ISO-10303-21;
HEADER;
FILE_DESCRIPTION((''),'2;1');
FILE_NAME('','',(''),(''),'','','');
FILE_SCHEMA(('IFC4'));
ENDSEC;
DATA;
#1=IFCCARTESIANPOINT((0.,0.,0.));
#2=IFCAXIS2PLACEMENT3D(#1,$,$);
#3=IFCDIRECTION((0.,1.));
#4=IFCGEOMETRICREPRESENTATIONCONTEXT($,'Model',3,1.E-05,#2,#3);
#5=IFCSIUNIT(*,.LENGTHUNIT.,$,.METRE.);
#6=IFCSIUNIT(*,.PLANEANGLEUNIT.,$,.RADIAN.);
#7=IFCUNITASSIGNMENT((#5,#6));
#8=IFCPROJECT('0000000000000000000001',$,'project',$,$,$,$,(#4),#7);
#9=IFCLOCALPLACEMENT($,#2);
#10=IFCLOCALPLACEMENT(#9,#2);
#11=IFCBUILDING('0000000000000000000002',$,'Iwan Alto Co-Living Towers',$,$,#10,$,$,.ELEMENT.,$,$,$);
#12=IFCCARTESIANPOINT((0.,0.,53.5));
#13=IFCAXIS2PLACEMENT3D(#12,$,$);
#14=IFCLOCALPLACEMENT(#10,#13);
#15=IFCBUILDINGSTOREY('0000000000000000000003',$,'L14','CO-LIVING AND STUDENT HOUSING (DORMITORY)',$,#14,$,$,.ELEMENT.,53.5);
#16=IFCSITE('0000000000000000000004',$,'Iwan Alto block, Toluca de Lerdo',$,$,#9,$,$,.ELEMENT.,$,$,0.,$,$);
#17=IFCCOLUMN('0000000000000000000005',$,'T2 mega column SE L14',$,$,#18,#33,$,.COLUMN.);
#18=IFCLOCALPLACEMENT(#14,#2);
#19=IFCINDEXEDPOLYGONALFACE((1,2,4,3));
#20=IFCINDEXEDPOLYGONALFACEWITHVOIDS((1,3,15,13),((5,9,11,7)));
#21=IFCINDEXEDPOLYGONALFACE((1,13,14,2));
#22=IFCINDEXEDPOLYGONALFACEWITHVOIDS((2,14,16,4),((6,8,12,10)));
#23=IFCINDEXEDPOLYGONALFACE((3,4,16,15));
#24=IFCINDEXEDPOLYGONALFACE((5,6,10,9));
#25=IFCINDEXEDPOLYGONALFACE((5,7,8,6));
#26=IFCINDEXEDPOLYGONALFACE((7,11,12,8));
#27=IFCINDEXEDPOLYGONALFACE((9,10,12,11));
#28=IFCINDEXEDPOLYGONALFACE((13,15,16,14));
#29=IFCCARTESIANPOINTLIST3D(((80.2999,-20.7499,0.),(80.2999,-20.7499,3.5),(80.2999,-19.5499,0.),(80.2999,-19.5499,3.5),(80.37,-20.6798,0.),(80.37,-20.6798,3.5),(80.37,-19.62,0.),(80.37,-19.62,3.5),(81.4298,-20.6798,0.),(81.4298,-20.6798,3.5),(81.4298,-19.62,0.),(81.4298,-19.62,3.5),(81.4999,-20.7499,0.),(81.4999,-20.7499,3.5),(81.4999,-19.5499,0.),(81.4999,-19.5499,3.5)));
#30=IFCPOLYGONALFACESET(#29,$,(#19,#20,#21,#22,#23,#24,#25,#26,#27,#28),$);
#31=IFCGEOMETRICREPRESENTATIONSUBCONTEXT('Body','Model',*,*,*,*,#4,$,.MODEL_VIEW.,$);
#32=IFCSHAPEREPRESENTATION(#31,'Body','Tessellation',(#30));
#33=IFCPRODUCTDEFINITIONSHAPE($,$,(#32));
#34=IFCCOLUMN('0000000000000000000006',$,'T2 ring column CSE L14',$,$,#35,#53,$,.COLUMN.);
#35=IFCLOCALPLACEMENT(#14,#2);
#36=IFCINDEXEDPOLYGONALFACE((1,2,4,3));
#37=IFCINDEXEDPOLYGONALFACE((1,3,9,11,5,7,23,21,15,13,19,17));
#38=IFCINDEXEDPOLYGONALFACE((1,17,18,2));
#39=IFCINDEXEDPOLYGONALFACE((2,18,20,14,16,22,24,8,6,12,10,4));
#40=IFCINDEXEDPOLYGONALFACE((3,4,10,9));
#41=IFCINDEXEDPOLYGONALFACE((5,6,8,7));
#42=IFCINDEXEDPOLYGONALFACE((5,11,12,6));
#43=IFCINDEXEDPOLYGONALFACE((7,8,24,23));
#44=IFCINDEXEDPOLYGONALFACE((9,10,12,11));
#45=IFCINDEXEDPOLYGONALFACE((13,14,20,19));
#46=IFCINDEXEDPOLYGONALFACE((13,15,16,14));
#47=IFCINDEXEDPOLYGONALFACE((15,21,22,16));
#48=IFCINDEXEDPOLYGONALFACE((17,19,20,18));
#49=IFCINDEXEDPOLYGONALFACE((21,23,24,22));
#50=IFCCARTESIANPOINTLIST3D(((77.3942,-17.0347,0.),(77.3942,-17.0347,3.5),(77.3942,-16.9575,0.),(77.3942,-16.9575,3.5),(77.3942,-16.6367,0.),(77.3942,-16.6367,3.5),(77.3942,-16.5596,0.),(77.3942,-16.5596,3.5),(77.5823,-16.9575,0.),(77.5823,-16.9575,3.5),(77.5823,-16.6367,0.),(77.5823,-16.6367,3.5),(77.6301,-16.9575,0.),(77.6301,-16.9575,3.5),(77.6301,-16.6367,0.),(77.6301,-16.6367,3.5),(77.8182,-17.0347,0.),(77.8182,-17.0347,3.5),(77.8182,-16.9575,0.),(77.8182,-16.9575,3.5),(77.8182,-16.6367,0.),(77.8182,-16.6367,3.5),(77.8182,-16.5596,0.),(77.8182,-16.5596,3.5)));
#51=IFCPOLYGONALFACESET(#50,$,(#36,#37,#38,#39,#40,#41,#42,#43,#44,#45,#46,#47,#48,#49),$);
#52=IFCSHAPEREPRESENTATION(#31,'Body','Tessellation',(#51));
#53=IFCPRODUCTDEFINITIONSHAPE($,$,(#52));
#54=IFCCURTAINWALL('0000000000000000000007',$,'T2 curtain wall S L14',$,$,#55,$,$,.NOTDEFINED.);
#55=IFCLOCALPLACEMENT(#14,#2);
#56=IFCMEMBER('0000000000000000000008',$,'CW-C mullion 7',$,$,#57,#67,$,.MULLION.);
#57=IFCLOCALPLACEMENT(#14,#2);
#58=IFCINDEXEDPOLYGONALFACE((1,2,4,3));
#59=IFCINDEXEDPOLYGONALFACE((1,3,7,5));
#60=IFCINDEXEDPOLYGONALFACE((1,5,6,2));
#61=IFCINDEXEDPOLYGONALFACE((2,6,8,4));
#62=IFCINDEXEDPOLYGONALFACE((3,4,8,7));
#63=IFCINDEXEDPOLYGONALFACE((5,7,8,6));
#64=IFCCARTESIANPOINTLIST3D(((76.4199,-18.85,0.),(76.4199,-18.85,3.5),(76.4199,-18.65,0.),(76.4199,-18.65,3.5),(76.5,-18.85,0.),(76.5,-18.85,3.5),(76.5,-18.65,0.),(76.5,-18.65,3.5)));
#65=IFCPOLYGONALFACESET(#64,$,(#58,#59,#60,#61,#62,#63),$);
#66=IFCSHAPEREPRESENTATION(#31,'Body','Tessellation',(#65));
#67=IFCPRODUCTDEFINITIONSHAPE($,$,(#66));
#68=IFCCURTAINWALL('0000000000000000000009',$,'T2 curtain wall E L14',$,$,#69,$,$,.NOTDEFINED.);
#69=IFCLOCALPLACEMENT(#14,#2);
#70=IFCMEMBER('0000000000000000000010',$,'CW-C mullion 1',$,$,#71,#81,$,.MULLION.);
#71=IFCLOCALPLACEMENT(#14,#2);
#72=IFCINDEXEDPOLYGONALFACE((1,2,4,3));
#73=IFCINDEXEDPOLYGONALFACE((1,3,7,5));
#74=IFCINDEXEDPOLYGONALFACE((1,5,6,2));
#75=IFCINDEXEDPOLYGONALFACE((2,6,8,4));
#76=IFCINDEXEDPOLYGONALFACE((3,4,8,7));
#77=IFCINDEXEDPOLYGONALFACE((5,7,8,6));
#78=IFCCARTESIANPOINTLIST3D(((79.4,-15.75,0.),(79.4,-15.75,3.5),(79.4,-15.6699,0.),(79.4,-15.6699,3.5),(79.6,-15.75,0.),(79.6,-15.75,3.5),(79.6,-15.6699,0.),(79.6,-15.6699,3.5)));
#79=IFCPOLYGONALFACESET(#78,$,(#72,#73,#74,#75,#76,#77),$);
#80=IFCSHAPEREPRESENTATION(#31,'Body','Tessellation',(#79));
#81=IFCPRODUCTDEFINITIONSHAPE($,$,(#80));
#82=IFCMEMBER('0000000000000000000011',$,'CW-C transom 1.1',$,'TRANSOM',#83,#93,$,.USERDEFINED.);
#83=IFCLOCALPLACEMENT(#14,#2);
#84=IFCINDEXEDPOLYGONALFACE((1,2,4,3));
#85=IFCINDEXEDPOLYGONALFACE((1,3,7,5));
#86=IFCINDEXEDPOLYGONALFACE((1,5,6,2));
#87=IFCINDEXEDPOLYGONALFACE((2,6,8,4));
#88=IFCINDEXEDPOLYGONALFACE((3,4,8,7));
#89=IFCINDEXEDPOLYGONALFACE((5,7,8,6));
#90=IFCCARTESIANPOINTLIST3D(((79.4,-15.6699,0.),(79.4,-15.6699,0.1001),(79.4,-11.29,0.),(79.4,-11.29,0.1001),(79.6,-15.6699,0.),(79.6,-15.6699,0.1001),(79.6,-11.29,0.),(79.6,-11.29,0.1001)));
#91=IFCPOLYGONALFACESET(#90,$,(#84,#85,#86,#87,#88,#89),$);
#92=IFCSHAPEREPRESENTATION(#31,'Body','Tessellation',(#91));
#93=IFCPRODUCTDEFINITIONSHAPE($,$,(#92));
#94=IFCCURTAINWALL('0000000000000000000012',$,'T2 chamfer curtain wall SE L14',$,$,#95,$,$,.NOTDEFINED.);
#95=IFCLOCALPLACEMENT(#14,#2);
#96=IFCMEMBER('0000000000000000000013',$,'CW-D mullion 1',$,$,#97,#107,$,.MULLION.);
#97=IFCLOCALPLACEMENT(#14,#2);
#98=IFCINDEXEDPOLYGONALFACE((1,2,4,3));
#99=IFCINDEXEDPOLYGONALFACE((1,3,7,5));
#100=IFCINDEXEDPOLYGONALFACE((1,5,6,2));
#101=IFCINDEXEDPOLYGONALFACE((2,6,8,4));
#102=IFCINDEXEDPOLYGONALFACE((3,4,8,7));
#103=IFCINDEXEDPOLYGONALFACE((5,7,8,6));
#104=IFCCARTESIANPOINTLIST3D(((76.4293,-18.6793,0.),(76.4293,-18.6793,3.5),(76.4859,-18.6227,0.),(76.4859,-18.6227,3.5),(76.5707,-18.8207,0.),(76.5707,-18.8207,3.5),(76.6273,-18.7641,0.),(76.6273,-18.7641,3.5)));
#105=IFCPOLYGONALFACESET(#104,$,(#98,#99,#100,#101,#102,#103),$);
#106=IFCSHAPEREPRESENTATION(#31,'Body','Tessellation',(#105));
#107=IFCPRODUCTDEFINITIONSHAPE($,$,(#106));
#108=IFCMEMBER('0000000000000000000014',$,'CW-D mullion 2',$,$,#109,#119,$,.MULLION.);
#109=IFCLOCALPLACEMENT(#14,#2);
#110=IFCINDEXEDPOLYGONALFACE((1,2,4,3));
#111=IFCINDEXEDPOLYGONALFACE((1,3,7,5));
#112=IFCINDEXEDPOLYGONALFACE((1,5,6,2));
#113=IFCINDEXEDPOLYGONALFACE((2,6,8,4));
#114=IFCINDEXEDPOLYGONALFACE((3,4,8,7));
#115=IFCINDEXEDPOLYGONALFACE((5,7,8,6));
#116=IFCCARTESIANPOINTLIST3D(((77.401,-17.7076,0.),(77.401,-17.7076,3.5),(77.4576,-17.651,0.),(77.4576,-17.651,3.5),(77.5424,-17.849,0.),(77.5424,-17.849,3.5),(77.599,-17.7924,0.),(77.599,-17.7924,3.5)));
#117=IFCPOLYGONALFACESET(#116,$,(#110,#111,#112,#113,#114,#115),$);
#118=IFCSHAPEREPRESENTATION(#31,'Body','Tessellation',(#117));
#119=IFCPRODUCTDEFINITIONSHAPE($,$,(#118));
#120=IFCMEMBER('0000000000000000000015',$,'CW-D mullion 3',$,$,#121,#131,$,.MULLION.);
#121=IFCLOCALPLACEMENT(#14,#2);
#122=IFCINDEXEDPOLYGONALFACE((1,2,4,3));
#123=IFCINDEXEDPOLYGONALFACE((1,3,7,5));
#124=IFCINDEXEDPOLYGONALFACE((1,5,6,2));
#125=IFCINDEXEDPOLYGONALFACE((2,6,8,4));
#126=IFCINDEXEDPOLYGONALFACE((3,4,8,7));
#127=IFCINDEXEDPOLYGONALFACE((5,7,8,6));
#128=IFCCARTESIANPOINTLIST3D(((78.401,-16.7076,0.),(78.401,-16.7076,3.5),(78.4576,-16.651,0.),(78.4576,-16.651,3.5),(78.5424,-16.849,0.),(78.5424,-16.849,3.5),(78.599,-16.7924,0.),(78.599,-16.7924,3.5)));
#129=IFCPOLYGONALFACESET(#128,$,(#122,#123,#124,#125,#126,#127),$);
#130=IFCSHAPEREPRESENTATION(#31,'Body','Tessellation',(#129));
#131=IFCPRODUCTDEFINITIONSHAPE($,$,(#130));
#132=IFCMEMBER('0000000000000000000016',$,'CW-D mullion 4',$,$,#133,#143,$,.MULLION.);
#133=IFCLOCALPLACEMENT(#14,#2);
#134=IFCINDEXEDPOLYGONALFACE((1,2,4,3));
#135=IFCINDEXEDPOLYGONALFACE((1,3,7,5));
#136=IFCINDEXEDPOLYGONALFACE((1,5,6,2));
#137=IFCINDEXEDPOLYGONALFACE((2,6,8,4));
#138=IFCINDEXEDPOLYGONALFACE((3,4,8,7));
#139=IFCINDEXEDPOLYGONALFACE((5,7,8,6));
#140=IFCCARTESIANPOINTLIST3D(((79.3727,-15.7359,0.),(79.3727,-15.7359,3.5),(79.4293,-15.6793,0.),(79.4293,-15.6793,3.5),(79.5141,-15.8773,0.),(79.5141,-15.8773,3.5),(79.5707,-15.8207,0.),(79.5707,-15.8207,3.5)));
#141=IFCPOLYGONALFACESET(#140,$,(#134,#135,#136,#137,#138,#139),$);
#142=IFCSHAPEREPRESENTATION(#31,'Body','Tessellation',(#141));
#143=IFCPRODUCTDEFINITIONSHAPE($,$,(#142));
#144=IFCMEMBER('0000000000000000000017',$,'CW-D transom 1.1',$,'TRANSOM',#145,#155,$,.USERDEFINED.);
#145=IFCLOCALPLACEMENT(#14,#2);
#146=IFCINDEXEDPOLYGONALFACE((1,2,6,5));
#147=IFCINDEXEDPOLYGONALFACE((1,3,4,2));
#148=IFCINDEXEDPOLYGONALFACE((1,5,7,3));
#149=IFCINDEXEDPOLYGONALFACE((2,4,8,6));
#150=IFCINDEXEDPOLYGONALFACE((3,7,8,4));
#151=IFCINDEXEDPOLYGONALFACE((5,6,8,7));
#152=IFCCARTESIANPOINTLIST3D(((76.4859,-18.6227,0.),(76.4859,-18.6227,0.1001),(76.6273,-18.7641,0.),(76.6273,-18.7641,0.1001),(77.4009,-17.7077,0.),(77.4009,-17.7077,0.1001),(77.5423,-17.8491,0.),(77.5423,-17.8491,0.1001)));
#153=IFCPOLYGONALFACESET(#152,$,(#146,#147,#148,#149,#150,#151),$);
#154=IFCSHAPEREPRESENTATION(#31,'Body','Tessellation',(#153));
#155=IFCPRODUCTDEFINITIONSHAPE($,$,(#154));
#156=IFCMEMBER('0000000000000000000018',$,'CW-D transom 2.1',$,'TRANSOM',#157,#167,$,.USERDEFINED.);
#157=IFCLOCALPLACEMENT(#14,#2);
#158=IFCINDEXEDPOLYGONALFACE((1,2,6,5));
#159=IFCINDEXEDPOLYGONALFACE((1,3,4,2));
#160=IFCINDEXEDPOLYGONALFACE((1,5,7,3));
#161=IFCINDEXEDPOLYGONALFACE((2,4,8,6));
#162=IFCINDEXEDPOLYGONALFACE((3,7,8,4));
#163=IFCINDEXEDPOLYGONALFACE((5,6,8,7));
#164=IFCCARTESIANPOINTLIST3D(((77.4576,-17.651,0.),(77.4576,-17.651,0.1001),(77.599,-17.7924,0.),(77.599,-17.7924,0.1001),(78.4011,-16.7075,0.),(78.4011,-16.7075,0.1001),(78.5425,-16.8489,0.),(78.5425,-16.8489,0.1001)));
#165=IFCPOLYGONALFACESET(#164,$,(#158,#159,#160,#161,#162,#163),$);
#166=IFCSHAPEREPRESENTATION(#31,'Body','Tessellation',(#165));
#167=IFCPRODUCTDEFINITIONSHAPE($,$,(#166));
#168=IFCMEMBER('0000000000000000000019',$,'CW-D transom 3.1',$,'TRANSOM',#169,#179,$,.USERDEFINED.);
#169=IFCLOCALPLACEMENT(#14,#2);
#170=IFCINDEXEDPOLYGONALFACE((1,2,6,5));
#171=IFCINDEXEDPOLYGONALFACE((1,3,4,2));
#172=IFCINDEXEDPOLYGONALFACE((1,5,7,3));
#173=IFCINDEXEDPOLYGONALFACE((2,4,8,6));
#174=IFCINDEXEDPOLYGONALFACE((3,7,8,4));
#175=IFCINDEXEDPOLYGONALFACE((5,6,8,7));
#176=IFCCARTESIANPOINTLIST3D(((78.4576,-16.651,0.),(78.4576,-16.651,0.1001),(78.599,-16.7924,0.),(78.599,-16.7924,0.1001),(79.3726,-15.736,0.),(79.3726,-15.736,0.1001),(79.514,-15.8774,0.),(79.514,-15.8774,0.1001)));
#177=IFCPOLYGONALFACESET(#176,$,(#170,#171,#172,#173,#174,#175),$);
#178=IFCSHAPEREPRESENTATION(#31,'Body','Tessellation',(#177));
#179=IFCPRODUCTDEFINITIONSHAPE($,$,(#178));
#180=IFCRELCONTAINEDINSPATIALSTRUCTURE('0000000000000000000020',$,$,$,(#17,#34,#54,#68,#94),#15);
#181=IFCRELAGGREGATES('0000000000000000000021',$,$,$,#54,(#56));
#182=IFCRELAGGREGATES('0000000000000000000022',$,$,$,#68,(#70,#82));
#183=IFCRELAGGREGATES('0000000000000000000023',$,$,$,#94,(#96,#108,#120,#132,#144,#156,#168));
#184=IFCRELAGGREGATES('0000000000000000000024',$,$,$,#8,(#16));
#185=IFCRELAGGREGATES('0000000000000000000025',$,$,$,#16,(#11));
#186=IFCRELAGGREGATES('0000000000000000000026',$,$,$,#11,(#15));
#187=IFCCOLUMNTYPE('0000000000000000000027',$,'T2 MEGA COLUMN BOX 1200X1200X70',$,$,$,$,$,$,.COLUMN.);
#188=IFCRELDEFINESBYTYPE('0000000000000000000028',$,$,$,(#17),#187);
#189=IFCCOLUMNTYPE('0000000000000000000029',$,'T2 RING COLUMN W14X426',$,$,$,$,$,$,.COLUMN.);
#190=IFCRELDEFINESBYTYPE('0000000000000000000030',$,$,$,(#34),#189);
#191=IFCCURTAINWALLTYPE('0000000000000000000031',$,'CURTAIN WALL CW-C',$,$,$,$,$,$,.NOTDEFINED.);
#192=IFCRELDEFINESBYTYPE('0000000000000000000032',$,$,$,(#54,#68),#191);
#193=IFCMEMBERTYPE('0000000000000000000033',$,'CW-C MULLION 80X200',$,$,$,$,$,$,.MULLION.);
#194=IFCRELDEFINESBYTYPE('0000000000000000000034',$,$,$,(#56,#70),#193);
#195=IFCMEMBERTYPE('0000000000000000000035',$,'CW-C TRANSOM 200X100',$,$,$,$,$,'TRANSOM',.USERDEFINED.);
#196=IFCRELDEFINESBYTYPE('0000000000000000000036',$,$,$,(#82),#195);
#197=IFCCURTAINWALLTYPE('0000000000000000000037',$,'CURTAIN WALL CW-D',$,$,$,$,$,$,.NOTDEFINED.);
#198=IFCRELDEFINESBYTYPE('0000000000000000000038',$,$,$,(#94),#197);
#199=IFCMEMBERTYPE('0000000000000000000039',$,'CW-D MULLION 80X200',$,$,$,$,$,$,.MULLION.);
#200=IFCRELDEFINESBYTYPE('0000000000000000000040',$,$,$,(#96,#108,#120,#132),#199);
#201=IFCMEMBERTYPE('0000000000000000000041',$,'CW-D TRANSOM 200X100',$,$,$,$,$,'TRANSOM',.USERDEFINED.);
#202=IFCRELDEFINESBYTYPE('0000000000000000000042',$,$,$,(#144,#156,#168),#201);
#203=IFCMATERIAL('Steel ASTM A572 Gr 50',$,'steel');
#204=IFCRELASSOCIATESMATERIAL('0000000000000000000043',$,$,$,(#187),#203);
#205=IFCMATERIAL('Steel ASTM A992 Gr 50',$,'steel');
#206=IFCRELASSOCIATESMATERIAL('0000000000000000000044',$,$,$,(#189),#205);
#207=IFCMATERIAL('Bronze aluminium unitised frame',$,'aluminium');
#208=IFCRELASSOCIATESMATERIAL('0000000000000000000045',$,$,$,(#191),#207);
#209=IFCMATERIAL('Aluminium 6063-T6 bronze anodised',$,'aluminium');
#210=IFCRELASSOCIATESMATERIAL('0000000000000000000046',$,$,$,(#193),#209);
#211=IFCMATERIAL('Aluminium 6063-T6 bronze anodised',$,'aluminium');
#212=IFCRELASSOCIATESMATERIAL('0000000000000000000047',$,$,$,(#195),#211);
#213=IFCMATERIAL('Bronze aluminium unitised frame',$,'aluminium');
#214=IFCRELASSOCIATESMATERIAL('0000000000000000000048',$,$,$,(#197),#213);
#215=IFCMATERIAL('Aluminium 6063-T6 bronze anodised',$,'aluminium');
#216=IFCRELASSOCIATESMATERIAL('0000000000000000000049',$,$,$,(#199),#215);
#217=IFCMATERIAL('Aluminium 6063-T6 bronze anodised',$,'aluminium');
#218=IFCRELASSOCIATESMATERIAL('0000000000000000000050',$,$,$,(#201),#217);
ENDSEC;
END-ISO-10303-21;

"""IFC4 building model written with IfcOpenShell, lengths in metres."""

from ifc_helpers import new_model, si_unit, direction, frame, origin, origin_2d, place, context, subcontext, project, spatial, rectangle, hollow_rectangle, i_section, extrude, material, material_profile, profile_set, type_object, element, aggregate, save


model = new_model("IFC4")

# Units and contexts
model_context = context("Model", 3, precision=1e-05, world=origin(), true_north=direction((0.0, 1.0)))
body_context = subcontext(model_context, "Body", "Model", "MODEL_VIEW")
ifc_project = project(units=[si_unit("LENGTHUNIT", "METRE"), si_unit("PLANEANGLEUNIT", "RADIAN")], contexts=[model_context])

# Site, building, storey
site_placement = place(None, origin())
site = spatial("IfcSite", under=ifc_project, at=site_placement, Name="Iwan Alto block, Toluca de Lerdo", CompositionType="ELEMENT", RefElevation=0.0)
building_placement = place(site_placement, origin())
building = spatial("IfcBuilding", under=site, at=building_placement, Name="Iwan Alto Co-Living Towers", CompositionType="ELEMENT")
storey_placement = place(building_placement, frame((0.0, 0.0, 53.5)))
storey = spatial("IfcBuildingStorey", under=building, at=storey_placement, Name="L14", Description="CO-LIVING AND STUDENT HOUSING (DORMITORY)", CompositionType="ELEMENT", Elevation=53.5)

# Columns
ifc_material_1 = material(Name="Steel ASTM A572 Gr 50", Category="steel")
ifc_material_profile_1 = material_profile(ifc_material_1, hollow_rectangle(XDim=1.2, YDim=1.2, WallThickness=0.0701, at=origin_2d()), Name="BOX 1200X1200X70")
ifc_profile_set_1 = profile_set([ifc_material_profile_1], Name="Steel ASTM A572 Gr 50")
column_type_1 = type_object("IfcColumnType", Name="T2 MEGA COLUMN BOX 1200X1200X70", PredefinedType="COLUMN", material=ifc_profile_set_1)
column_1_placement = place(storey_placement, frame((80.8999, -20.1499, 0.0), z_axis=(0.0, 0.0, 1.0), x_axis=(1.0, 0.0, 0.0)))
element("IfcColumn", 1, at=column_1_placement, inside=storey, type_object=column_type_1, Name="T2 mega column SE L14", PredefinedType="COLUMN", context=body_context, shape_type="SweptSolid", body=[
    extrude(hollow_rectangle(XDim=1.2, YDim=1.2, WallThickness=0.0701, at=origin_2d()), origin(), (0.0, 0.0, 1.0), 3.5),
])
ifc_material_2 = material(Name="Steel ASTM A992 Gr 50", Category="steel")
ifc_material_profile_2 = material_profile(ifc_material_2, i_section(OverallWidth=0.4241, OverallDepth=0.4751, WebThickness=0.0479, FlangeThickness=0.0771, at=origin_2d()), Name="W14X426")
ifc_profile_set_2 = profile_set([ifc_material_profile_2], Name="Steel ASTM A992 Gr 50")
column_type_2 = type_object("IfcColumnType", Name="T2 RING COLUMN W14X426", PredefinedType="COLUMN", material=ifc_profile_set_2)
column_2_placement = place(storey_placement, frame((77.6062, -16.7971, 0.0), z_axis=(0.0, 0.0, 1.0), x_axis=(1.0, 0.0, 0.0)))
element("IfcColumn", 2, at=column_2_placement, inside=storey, type_object=column_type_2, Name="T2 ring column CSE L14", PredefinedType="COLUMN", context=body_context, shape_type="SweptSolid", body=[
    extrude(i_section(OverallWidth=0.4241, OverallDepth=0.4751, WebThickness=0.0479, FlangeThickness=0.0771, at=origin_2d()), origin(), (0.0, 0.0, 1.0), 3.5),
])

# Curtain wall, member
ifc_material_3 = material(Name="Bronze aluminium unitised frame", Category="aluminium")
curtain_wall_type_1 = type_object("IfcCurtainWallType", Name="CURTAIN WALL CW-C", PredefinedType="NOTDEFINED", material=ifc_material_3)
curtain_wall_1_placement = place(storey_placement, origin())
curtain_wall_1 = element("IfcCurtainWall", 3, at=curtain_wall_1_placement, inside=storey, type_object=curtain_wall_type_1, Name="T2 curtain wall S L14", PredefinedType="NOTDEFINED")
ifc_material_4 = material(Name="Aluminium 6063-T6 bronze anodised", Category="aluminium")
ifc_material_profile_3 = material_profile(ifc_material_4, rectangle(XDim=0.2, YDim=0.0801, at=origin_2d()), Name="AL 80X200")
ifc_profile_set_3 = profile_set([ifc_material_profile_3], Name="Aluminium 6063-T6 bronze anodised")
member_type_1 = type_object("IfcMemberType", Name="CW-C MULLION 80X200", PredefinedType="MULLION", material=ifc_profile_set_3)
member_1_placement = place(storey_placement, frame((76.46, -18.75, 0.0), z_axis=(0.0, 0.0, 1.0), x_axis=(0.0, 1.0, 0.0)))
member_1 = element("IfcMember", 4, at=member_1_placement, type_object=member_type_1, Name="CW-C mullion 7", PredefinedType="MULLION", context=body_context, shape_type="SweptSolid", body=[
    extrude(rectangle(XDim=0.2, YDim=0.0801, at=origin_2d()), origin(), (0.0, 0.0, 1.0), 3.5),
])

# Curtain walls, members
curtain_wall_2_placement = place(storey_placement, origin())
curtain_wall_2 = element("IfcCurtainWall", 5, at=curtain_wall_2_placement, inside=storey, type_object=curtain_wall_type_1, Name="T2 curtain wall E L14", PredefinedType="NOTDEFINED")
member_2_placement = place(storey_placement, frame((79.5, -15.71, 0.0), z_axis=(0.0, 0.0, 1.0), x_axis=(-1.0, 0.0, 0.0)))
member_2 = element("IfcMember", 6, at=member_2_placement, type_object=member_type_1, Name="CW-C mullion 1", PredefinedType="MULLION", context=body_context, shape_type="SweptSolid", body=[
    extrude(rectangle(XDim=0.2, YDim=0.0801, at=origin_2d()), origin(), (0.0, 0.0, 1.0), 3.5),
])
ifc_material_5 = material(Name="Aluminium 6063-T6 bronze anodised", Category="aluminium")
ifc_material_profile_4 = material_profile(ifc_material_5, rectangle(XDim=0.2, YDim=0.1001, at=origin_2d()), Name="AL 200X100")
ifc_profile_set_4 = profile_set([ifc_material_profile_4], Name="Aluminium 6063-T6 bronze anodised")
member_type_2 = type_object("IfcMemberType", Name="CW-C TRANSOM 200X100", ElementType="TRANSOM", PredefinedType="USERDEFINED", material=ifc_profile_set_4)
member_3_placement = place(storey_placement, frame((79.5, -15.6699, 0.05), z_axis=(0.0, 1.0, 0.0), x_axis=(-1.0, 0.0, 0.0)))
member_3 = element("IfcMember", 7, at=member_3_placement, type_object=member_type_2, Name="CW-C transom 1.1", ObjectType="TRANSOM", PredefinedType="USERDEFINED", context=body_context, shape_type="SweptSolid", body=[
    extrude(rectangle(XDim=0.2, YDim=0.1001, at=origin_2d()), origin(), (0.0, 0.0, 1.0), 4.3799),
])
ifc_material_6 = material(Name="Bronze aluminium unitised frame", Category="aluminium")
curtain_wall_type_2 = type_object("IfcCurtainWallType", Name="CURTAIN WALL CW-D", PredefinedType="NOTDEFINED", material=ifc_material_6)
curtain_wall_3_placement = place(storey_placement, origin())
curtain_wall_3 = element("IfcCurtainWall", 8, at=curtain_wall_3_placement, inside=storey, type_object=curtain_wall_type_2, Name="T2 chamfer curtain wall SE L14", PredefinedType="NOTDEFINED")
ifc_material_7 = material(Name="Aluminium 6063-T6 bronze anodised", Category="aluminium")
ifc_material_profile_5 = material_profile(ifc_material_7, rectangle(XDim=0.2, YDim=0.0801, at=origin_2d()), Name="AL 80X200")
ifc_profile_set_5 = profile_set([ifc_material_profile_5], Name="Aluminium 6063-T6 bronze anodised")
member_type_3 = type_object("IfcMemberType", Name="CW-D MULLION 80X200", PredefinedType="MULLION", material=ifc_profile_set_5)
member_4_placement = place(storey_placement, frame((76.5283, -18.7217, 0.0), z_axis=(0.0, 0.0, 1.0), x_axis=(-0.707107, 0.707107, 0.0)))
member_4 = element("IfcMember", 9, at=member_4_placement, type_object=member_type_3, Name="CW-D mullion 1", PredefinedType="MULLION", context=body_context, shape_type="SweptSolid", body=[
    extrude(rectangle(XDim=0.2, YDim=0.0801, at=origin_2d()), origin(), (0.0, 0.0, 1.0), 3.5),
])
member_5_placement = place(storey_placement, frame((77.5, -17.75, 0.0), z_axis=(0.0, 0.0, 1.0), x_axis=(-0.707107, 0.707107, 0.0)))
member_5 = element("IfcMember", 10, at=member_5_placement, type_object=member_type_3, Name="CW-D mullion 2", PredefinedType="MULLION", context=body_context, shape_type="SweptSolid", body=[
    extrude(rectangle(XDim=0.2, YDim=0.0801, at=origin_2d()), origin(), (0.0, 0.0, 1.0), 3.5),
])
member_6_placement = place(storey_placement, frame((78.5, -16.75, 0.0), z_axis=(0.0, 0.0, 1.0), x_axis=(-0.707107, 0.707107, 0.0)))
member_6 = element("IfcMember", 11, at=member_6_placement, type_object=member_type_3, Name="CW-D mullion 3", PredefinedType="MULLION", context=body_context, shape_type="SweptSolid", body=[
    extrude(rectangle(XDim=0.2, YDim=0.0801, at=origin_2d()), origin(), (0.0, 0.0, 1.0), 3.5),
])
member_7_placement = place(storey_placement, frame((79.4717, -15.7783, 0.0), z_axis=(0.0, 0.0, 1.0), x_axis=(-0.707107, 0.707107, 0.0)))
member_7 = element("IfcMember", 12, at=member_7_placement, type_object=member_type_3, Name="CW-D mullion 4", PredefinedType="MULLION", context=body_context, shape_type="SweptSolid", body=[
    extrude(rectangle(XDim=0.2, YDim=0.0801, at=origin_2d()), origin(), (0.0, 0.0, 1.0), 3.5),
])
ifc_material_8 = material(Name="Aluminium 6063-T6 bronze anodised", Category="aluminium")
ifc_material_profile_6 = material_profile(ifc_material_8, rectangle(XDim=0.2, YDim=0.1001, at=origin_2d()), Name="AL 200X100")
ifc_profile_set_6 = profile_set([ifc_material_profile_6], Name="Aluminium 6063-T6 bronze anodised")
member_type_4 = type_object("IfcMemberType", Name="CW-D TRANSOM 200X100", ElementType="TRANSOM", PredefinedType="USERDEFINED", material=ifc_profile_set_6)
member_8_placement = place(storey_placement, frame((76.5566, -18.6934, 0.05), z_axis=(0.707107, 0.707107, 0.0), x_axis=(-0.707107, 0.707107, 0.0)))
member_8 = element("IfcMember", 13, at=member_8_placement, type_object=member_type_4, Name="CW-D transom 1.1", ObjectType="TRANSOM", PredefinedType="USERDEFINED", context=body_context, shape_type="SweptSolid", body=[
    extrude(rectangle(XDim=0.2, YDim=0.1001, at=origin_2d()), origin(), (0.0, 0.0, 1.0), 1.2939),
])
member_9_placement = place(storey_placement, frame((77.5283, -17.7217, 0.05), z_axis=(0.707107, 0.707107, 0.0), x_axis=(-0.707107, 0.707107, 0.0)))
member_9 = element("IfcMember", 14, at=member_9_placement, type_object=member_type_4, Name="CW-D transom 2.1", ObjectType="TRANSOM", PredefinedType="USERDEFINED", context=body_context, shape_type="SweptSolid", body=[
    extrude(rectangle(XDim=0.2, YDim=0.1001, at=origin_2d()), origin(), (0.0, 0.0, 1.0), 1.3342),
])
member_10_placement = place(storey_placement, frame((78.5283, -16.7217, 0.05), z_axis=(0.707107, 0.707107, 0.0), x_axis=(-0.707107, 0.707107, 0.0)))
member_10 = element("IfcMember", 15, at=member_10_placement, type_object=member_type_4, Name="CW-D transom 3.1", ObjectType="TRANSOM", PredefinedType="USERDEFINED", context=body_context, shape_type="SweptSolid", body=[
    extrude(rectangle(XDim=0.2, YDim=0.1001, at=origin_2d()), origin(), (0.0, 0.0, 1.0), 1.2939),
])

aggregate(curtain_wall_1, [member_1])
aggregate(curtain_wall_2, [member_2, member_3])
aggregate(curtain_wall_3, [member_4, member_5, member_6, member_7, member_8, member_9, member_10])

save(model, "model.ifc")
